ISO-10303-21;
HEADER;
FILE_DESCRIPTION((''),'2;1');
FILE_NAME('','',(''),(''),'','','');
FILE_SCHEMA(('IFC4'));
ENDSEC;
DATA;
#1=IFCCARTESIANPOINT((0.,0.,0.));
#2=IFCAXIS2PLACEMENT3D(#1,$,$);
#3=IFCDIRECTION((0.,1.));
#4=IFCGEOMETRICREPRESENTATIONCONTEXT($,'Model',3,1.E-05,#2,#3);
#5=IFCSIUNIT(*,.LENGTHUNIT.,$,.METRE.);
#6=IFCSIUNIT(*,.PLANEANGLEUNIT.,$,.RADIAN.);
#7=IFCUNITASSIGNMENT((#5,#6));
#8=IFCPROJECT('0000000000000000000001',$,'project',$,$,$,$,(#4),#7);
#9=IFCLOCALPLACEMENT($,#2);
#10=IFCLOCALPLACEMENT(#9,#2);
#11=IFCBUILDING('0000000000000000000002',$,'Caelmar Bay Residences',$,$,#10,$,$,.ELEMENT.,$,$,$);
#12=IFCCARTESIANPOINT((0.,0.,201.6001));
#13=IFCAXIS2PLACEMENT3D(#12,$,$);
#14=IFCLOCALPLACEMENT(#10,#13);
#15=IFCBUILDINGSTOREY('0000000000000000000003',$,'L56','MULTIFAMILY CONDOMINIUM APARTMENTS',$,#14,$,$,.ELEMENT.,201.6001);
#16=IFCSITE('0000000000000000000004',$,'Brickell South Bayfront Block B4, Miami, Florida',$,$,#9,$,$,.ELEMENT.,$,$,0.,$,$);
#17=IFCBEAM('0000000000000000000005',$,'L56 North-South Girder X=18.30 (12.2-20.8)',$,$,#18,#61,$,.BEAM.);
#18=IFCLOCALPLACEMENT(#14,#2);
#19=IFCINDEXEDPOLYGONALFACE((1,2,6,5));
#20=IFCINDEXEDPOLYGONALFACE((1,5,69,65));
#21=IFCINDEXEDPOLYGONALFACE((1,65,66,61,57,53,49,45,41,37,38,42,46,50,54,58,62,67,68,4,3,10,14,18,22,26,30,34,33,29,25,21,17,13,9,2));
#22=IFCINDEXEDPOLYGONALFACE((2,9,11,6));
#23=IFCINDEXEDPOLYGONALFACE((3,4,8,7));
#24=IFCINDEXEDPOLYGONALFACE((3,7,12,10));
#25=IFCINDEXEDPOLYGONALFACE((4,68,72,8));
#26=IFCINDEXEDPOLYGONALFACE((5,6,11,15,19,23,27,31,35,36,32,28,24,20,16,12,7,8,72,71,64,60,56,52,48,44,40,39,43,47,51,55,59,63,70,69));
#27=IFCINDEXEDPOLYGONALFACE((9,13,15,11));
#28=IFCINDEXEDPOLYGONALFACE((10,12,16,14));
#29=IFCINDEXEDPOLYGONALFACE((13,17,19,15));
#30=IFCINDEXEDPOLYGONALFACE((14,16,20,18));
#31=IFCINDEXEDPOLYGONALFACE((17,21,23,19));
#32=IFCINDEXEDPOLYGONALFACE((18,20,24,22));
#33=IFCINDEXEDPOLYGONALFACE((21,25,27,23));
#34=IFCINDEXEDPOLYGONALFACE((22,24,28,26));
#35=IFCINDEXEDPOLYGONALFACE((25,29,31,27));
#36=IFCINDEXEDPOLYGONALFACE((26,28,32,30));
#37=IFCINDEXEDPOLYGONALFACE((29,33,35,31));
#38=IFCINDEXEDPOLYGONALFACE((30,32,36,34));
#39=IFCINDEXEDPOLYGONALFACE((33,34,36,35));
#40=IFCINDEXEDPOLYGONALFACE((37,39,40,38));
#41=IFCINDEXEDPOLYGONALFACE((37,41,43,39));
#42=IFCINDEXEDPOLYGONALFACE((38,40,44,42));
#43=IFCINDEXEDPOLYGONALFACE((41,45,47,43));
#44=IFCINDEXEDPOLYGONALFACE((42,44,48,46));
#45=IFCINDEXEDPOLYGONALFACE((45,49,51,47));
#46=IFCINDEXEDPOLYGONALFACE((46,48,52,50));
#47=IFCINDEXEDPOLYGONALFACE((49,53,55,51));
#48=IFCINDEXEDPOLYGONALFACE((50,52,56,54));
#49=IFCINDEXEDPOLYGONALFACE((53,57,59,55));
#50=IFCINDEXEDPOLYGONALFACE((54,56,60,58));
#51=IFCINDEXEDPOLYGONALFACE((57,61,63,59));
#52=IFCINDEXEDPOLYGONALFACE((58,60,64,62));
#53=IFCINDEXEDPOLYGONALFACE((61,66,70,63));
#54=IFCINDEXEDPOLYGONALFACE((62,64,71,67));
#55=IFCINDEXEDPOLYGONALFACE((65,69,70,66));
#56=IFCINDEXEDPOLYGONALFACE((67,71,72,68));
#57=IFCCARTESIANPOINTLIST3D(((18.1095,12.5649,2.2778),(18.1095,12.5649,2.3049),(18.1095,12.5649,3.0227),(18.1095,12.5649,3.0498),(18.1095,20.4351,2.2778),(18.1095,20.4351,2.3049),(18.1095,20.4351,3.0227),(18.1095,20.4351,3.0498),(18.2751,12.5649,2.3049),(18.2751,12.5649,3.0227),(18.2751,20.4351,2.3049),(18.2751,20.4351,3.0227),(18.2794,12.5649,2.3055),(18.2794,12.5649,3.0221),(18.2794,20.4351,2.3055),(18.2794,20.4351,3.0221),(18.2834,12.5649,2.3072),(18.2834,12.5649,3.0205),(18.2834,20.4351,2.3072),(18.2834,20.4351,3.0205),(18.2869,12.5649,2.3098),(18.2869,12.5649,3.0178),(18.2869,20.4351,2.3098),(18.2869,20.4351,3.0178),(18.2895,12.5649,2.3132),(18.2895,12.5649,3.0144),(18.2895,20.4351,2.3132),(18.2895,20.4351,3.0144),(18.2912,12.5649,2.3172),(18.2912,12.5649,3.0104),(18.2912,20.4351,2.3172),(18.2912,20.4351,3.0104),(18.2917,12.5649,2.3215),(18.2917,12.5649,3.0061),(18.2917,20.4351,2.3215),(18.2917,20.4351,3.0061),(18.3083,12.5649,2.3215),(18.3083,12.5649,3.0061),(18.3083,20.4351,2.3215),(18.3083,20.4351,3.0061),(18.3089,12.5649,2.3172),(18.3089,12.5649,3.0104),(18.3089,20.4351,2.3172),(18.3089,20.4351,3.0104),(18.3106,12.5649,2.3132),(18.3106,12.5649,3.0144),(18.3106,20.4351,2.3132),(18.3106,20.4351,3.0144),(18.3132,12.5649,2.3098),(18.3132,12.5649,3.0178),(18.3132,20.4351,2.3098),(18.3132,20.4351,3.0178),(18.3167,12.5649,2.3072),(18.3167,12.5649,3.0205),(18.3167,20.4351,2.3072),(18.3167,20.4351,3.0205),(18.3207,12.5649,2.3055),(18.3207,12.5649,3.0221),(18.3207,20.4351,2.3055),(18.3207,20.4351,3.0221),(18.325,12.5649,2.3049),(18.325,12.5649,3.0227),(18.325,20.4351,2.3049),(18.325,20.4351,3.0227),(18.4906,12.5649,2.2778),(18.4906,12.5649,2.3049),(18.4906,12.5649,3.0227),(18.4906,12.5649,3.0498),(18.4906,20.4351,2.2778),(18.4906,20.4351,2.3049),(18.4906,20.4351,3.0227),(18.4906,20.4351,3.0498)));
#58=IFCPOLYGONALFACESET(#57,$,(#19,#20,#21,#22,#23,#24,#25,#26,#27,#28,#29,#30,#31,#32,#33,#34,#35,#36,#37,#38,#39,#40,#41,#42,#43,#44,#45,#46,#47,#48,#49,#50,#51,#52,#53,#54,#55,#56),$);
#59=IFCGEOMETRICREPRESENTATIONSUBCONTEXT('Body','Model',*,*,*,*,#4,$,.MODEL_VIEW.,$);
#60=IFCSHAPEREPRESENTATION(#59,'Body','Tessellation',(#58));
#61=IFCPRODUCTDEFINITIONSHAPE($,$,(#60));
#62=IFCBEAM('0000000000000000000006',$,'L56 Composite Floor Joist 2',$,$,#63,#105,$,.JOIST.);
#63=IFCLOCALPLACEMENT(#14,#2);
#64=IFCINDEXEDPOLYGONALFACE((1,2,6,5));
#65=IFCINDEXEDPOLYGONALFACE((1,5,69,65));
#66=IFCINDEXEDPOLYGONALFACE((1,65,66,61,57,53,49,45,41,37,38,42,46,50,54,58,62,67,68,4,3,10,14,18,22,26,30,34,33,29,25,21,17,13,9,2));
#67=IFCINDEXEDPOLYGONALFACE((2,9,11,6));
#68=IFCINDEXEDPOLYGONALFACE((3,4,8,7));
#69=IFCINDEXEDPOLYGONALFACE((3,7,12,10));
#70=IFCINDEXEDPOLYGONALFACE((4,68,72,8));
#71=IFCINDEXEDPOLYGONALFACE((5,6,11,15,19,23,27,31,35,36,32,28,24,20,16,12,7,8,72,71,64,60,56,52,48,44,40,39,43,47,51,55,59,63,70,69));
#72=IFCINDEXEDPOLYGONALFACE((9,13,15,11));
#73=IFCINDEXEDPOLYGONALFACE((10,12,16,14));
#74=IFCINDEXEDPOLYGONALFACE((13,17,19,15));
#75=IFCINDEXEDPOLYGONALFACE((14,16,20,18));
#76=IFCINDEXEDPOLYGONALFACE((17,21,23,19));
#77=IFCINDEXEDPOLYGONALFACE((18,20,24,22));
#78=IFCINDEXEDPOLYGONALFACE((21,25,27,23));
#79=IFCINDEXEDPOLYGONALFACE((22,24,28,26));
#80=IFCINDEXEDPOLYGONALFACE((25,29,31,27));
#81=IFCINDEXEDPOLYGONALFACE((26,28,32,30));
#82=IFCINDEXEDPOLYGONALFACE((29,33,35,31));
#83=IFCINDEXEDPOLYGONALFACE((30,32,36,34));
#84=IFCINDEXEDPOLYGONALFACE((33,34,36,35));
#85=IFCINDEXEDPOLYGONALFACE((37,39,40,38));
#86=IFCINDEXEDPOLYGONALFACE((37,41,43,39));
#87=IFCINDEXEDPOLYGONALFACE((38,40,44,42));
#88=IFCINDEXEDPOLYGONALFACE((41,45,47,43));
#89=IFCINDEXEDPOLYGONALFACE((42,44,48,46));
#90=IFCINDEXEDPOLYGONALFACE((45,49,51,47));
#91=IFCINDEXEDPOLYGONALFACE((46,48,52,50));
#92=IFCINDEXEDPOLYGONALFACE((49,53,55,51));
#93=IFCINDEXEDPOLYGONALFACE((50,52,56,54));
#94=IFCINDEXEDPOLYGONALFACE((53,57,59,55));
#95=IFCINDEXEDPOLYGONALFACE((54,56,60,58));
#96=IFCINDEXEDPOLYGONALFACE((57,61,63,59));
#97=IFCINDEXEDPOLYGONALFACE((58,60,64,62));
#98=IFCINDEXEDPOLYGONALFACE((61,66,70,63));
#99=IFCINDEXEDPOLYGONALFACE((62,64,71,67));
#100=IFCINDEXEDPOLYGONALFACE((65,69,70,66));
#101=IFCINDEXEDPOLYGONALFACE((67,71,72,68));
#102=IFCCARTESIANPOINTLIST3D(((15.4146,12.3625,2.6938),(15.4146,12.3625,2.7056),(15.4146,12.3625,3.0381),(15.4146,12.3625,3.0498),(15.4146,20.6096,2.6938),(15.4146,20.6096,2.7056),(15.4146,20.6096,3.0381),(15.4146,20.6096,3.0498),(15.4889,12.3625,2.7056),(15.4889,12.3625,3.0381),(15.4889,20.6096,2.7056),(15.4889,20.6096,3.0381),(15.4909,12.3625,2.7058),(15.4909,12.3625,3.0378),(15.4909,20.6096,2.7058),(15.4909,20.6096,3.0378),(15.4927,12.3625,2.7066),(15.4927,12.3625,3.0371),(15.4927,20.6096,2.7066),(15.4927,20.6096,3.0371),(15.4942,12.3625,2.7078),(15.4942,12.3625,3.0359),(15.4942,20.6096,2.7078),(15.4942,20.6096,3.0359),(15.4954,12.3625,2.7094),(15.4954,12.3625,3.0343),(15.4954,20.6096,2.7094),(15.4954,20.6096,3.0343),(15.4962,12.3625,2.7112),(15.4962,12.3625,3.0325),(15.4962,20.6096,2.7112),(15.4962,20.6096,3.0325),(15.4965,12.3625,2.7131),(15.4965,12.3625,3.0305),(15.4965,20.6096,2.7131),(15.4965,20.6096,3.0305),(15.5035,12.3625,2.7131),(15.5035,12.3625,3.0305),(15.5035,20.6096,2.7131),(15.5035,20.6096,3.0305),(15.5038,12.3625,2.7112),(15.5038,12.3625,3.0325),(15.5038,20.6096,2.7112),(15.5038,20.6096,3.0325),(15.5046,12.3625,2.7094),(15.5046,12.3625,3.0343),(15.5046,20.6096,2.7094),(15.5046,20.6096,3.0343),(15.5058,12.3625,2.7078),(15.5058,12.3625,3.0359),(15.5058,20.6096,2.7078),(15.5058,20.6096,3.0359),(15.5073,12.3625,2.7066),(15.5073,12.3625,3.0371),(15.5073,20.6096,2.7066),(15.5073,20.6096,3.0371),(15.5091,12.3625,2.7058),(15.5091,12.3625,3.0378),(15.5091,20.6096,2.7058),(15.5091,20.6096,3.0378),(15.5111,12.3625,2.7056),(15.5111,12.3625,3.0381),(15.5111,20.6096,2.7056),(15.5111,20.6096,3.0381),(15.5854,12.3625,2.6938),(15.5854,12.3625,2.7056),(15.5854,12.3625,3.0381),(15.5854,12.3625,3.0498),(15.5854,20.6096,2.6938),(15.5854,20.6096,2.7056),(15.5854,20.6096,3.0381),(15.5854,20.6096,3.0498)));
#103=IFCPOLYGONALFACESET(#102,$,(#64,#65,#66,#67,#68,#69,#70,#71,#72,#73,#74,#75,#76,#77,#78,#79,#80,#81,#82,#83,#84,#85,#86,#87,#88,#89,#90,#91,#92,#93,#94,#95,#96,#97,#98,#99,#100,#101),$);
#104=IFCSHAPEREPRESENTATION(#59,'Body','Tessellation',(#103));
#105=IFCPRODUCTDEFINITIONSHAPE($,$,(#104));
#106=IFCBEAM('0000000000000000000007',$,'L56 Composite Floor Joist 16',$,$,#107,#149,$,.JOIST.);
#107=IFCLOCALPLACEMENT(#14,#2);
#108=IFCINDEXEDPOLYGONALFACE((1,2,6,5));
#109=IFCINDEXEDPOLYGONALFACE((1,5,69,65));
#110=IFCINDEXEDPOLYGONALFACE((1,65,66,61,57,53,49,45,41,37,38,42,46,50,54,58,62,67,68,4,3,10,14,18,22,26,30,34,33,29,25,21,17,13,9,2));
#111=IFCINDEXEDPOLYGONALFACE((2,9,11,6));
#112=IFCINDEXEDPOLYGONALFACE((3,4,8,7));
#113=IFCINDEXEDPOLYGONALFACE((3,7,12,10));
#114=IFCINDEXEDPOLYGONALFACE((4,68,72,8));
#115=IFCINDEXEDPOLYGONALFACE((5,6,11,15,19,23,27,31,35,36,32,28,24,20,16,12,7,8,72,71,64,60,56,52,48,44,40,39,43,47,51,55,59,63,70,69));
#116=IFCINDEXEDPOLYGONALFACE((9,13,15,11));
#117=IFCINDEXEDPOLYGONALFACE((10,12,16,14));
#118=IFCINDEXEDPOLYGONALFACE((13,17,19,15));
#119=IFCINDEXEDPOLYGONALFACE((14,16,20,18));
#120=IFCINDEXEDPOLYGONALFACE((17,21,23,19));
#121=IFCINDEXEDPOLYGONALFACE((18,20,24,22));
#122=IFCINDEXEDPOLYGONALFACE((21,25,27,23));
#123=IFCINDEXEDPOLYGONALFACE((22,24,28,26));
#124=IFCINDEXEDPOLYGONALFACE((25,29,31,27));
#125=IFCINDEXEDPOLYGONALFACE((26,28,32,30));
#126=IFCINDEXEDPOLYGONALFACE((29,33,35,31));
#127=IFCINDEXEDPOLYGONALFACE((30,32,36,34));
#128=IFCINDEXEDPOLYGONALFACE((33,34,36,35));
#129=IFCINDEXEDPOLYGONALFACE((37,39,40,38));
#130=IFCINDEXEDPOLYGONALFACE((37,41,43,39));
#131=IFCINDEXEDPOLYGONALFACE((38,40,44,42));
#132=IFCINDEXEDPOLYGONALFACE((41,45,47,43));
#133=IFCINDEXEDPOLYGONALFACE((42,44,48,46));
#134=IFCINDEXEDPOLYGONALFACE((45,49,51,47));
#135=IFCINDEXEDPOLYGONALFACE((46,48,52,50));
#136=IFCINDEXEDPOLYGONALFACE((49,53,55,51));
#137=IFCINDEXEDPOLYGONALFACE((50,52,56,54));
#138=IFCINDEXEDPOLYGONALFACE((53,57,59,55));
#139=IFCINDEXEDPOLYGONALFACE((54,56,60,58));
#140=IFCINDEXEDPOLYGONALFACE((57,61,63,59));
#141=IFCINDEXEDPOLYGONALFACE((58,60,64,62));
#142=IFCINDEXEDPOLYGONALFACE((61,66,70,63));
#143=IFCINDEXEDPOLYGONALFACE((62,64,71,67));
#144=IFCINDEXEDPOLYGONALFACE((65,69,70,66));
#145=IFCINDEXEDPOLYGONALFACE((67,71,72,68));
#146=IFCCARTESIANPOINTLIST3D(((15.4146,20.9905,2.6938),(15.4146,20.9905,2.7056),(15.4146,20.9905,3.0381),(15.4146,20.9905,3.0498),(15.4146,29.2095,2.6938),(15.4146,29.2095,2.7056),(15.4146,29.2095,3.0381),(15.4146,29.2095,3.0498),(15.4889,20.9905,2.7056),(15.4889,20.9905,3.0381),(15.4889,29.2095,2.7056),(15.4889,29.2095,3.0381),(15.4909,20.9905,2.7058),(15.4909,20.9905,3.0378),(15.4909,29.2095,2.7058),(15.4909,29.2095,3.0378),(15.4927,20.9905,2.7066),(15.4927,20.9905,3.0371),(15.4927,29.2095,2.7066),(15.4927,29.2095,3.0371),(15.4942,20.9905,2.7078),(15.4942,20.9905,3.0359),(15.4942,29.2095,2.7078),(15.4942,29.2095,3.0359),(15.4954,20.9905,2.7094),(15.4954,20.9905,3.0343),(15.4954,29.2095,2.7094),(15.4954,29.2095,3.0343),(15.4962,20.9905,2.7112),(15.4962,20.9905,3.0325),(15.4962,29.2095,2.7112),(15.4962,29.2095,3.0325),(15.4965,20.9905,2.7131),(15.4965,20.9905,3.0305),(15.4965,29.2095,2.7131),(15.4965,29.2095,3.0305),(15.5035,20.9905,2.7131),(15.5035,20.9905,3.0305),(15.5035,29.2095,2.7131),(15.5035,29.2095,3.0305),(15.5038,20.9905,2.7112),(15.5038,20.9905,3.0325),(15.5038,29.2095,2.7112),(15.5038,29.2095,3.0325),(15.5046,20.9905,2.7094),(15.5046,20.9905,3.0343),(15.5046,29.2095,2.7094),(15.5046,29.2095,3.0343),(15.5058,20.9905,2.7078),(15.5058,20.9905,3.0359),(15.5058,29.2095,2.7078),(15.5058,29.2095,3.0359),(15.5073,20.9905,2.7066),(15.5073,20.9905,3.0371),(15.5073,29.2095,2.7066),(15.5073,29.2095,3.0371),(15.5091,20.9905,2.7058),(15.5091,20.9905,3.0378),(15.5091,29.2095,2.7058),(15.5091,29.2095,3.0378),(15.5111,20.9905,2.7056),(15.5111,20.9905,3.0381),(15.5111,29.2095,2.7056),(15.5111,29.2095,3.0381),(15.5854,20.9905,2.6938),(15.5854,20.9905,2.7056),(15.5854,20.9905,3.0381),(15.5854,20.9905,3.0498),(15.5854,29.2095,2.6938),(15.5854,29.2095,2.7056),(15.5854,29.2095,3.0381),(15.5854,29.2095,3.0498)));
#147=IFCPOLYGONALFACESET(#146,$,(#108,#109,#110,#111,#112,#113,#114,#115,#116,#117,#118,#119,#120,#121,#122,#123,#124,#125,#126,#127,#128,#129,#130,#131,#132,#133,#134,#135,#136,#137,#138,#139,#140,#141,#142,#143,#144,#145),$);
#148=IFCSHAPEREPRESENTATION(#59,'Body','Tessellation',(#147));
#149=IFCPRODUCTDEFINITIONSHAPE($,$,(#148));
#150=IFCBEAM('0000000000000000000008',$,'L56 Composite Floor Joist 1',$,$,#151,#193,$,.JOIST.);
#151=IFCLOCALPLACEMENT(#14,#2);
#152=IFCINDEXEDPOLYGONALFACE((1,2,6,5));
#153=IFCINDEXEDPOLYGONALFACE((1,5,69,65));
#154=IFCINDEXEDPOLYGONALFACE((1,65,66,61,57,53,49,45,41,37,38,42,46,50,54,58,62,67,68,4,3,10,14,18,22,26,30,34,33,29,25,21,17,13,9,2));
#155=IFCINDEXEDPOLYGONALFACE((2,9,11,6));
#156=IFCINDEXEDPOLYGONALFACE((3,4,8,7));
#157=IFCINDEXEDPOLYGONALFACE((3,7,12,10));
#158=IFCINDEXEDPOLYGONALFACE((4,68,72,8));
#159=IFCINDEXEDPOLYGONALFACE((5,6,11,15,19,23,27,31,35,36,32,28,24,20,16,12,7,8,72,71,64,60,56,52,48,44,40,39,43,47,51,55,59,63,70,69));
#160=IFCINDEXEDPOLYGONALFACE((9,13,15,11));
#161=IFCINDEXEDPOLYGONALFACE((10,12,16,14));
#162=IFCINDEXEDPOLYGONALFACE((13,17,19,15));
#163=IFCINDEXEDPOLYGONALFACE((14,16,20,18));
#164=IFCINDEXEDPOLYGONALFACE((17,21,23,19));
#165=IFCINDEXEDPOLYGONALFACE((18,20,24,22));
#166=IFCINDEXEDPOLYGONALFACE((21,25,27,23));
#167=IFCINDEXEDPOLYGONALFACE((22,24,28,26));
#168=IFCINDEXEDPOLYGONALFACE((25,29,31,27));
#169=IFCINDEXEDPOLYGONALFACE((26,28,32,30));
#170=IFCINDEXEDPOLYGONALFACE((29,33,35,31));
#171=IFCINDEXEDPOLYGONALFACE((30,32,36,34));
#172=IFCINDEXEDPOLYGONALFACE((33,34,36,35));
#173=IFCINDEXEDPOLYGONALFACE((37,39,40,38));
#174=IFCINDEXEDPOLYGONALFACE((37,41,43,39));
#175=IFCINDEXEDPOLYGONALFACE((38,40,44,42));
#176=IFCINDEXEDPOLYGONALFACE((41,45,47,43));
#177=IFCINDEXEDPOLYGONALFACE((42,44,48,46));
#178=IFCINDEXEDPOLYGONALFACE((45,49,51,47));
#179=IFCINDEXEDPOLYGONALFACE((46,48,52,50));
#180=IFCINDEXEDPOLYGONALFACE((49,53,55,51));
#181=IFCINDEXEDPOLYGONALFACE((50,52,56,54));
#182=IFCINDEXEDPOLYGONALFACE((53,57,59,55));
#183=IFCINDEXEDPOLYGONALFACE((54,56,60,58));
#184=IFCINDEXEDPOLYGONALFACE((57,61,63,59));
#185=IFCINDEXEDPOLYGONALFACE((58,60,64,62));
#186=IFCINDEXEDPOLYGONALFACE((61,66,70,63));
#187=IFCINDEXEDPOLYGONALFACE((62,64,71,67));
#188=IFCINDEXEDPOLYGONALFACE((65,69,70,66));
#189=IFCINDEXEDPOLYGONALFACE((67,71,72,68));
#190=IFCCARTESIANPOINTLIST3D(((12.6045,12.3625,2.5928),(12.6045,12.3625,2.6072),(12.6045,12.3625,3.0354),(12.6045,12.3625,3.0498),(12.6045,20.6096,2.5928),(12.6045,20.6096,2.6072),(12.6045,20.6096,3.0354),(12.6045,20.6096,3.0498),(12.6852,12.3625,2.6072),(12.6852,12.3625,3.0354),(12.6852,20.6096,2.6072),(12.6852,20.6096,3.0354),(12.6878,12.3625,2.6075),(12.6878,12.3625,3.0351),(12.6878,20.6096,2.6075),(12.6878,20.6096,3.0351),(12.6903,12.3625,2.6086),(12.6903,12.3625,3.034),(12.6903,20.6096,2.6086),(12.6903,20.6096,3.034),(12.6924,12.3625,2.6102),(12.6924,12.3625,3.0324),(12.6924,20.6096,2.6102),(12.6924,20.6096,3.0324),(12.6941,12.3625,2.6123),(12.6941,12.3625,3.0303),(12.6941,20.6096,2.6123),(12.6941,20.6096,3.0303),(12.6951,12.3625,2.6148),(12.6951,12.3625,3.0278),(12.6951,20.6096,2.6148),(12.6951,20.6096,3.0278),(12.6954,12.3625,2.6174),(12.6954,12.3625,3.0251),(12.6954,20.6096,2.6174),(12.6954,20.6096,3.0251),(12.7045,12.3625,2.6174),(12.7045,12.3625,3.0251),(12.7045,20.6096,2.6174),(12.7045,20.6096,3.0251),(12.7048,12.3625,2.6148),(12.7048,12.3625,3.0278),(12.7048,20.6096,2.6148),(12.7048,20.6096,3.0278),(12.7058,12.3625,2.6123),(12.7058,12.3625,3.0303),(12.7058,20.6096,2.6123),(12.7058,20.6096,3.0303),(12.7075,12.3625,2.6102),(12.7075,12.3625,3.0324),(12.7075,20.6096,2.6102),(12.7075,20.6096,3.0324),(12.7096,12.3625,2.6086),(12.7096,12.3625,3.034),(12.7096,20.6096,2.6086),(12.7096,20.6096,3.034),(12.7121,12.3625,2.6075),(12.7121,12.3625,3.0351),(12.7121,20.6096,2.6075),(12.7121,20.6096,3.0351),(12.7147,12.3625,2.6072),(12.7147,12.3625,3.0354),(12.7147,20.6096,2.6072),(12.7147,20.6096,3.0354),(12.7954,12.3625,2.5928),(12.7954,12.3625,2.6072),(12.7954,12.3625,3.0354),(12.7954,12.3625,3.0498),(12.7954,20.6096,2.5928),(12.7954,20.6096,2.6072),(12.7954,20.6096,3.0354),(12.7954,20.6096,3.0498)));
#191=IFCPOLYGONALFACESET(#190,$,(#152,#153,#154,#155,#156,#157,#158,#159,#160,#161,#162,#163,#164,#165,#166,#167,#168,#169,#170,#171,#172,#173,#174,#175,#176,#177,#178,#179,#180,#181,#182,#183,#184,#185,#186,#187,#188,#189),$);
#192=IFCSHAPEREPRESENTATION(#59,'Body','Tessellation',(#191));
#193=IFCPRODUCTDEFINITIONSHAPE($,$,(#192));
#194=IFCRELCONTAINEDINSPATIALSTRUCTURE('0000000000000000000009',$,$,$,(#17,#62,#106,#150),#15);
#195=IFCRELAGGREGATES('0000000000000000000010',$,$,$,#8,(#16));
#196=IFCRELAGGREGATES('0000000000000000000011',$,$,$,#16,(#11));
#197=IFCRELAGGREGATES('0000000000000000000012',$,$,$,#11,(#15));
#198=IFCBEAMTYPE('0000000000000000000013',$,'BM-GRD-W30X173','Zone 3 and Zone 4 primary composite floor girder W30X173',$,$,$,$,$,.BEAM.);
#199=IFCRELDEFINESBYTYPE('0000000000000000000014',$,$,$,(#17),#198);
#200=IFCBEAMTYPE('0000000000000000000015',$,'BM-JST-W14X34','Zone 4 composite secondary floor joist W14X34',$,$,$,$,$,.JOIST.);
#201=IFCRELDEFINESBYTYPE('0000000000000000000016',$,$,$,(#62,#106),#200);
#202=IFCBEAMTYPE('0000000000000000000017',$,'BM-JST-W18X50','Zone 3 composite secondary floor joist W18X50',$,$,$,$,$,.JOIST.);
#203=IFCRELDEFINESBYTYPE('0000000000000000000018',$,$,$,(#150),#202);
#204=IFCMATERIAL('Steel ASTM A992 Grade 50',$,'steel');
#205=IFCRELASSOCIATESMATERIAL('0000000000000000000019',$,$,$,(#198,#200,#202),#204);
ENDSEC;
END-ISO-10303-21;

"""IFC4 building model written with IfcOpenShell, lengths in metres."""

from ifc_helpers import new_model, si_unit, direction, frame, origin, origin_2d, place, context, subcontext, project, spatial, i_section, extrude, material, material_profile, profile_set, type_object, element, save


model = new_model("IFC4")

# Units and contexts
model_context = context("Model", 3, precision=1e-05, world=origin(), true_north=direction((0.0, 1.0)))
body_context = subcontext(model_context, "Body", "Model", "MODEL_VIEW")
ifc_project = project(units=[si_unit("LENGTHUNIT", "METRE"), si_unit("PLANEANGLEUNIT", "RADIAN")], contexts=[model_context])

# Site, building, storey
site_placement = place(None, origin())
site = spatial("IfcSite", under=ifc_project, at=site_placement, Name="Brickell South Bayfront Block B4, Miami, Florida", CompositionType="ELEMENT", RefElevation=0.0)
building_placement = place(site_placement, origin())
building = spatial("IfcBuilding", under=site, at=building_placement, Name="Caelmar Bay Residences", CompositionType="ELEMENT")
storey_placement = place(building_placement, frame((0.0, 0.0, 201.6001)))
storey = spatial("IfcBuildingStorey", under=building, at=storey_placement, Name="L56", Description="MULTIFAMILY CONDOMINIUM APARTMENTS", CompositionType="ELEMENT", Elevation=201.6001)

# Beams
ifc_material_1 = material(Name="Steel ASTM A992 Grade 50", Category="steel")
ifc_material_profile_1 = material_profile(ifc_material_1, i_section(OverallWidth=0.3811, OverallDepth=0.772, WebThickness=0.0166, FlangeThickness=0.0271, FilletRadius=0.0166, at=origin_2d()), Name="W30X173")
ifc_profile_set_1 = profile_set([ifc_material_profile_1], Name="Steel ASTM A992 Grade 50")
beam_type_1 = type_object("IfcBeamType", Name="BM-GRD-W30X173", Description="Zone 3 and Zone 4 primary composite floor girder W30X173", PredefinedType="BEAM", material=ifc_profile_set_1)
beam_1_placement = place(storey_placement, frame((18.3, 12.5649, 2.6638), z_axis=(0.0, 1.0, 0.0), x_axis=(-1.0, 0.0, 0.0)))
element("IfcBeam", 1, at=beam_1_placement, inside=storey, type_object=beam_type_1, Name="L56 North-South Girder X=18.30 (12.2-20.8)", PredefinedType="BEAM", context=body_context, shape_type="SweptSolid", body=[
    extrude(i_section(OverallWidth=0.3811, OverallDepth=0.772, WebThickness=0.0166, FlangeThickness=0.0271, FilletRadius=0.0166, at=origin_2d()), origin(), (0.0, 0.0, 1.0), 7.8701),
])
ifc_material_profile_2 = material_profile(ifc_material_1, i_section(OverallWidth=0.1709, OverallDepth=0.356, WebThickness=0.0071, FlangeThickness=0.0117, FilletRadius=0.0076, at=origin_2d()), Name="W14X34")
ifc_profile_set_2 = profile_set([ifc_material_profile_2], Name="Steel ASTM A992 Grade 50")
beam_type_2 = type_object("IfcBeamType", Name="BM-JST-W14X34", Description="Zone 4 composite secondary floor joist W14X34", PredefinedType="JOIST", material=ifc_profile_set_2)
beam_2_placement = place(storey_placement, frame((15.5, 12.3625, 2.8718), z_axis=(0.0, 1.0, 0.0), x_axis=(-1.0, 0.0, 0.0)))
element("IfcBeam", 2, at=beam_2_placement, inside=storey, type_object=beam_type_2, Name="L56 Composite Floor Joist 2", PredefinedType="JOIST", context=body_context, shape_type="SweptSolid", body=[
    extrude(i_section(OverallWidth=0.1709, OverallDepth=0.356, WebThickness=0.0071, FlangeThickness=0.0117, FilletRadius=0.0076, at=origin_2d()), origin(), (0.0, 0.0, 1.0), 8.2471),
])
beam_3_placement = place(storey_placement, frame((15.5, 20.9905, 2.8718), z_axis=(0.0, 1.0, 0.0), x_axis=(-1.0, 0.0, 0.0)))
element("IfcBeam", 3, at=beam_3_placement, inside=storey, type_object=beam_type_2, Name="L56 Composite Floor Joist 16", PredefinedType="JOIST", context=body_context, shape_type="SweptSolid", body=[
    extrude(i_section(OverallWidth=0.1709, OverallDepth=0.356, WebThickness=0.0071, FlangeThickness=0.0117, FilletRadius=0.0076, at=origin_2d()), origin(), (0.0, 0.0, 1.0), 8.219),
])
ifc_material_profile_3 = material_profile(ifc_material_1, i_section(OverallWidth=0.1909, OverallDepth=0.457, WebThickness=0.009, FlangeThickness=0.0144, FilletRadius=0.0103, at=origin_2d()), Name="W18X50")
ifc_profile_set_3 = profile_set([ifc_material_profile_3], Name="Steel ASTM A992 Grade 50")
beam_type_3 = type_object("IfcBeamType", Name="BM-JST-W18X50", Description="Zone 3 composite secondary floor joist W18X50", PredefinedType="JOIST", material=ifc_profile_set_3)
beam_4_placement = place(storey_placement, frame((12.7, 12.3625, 2.8213), z_axis=(0.0, 1.0, 0.0), x_axis=(-1.0, 0.0, 0.0)))
element("IfcBeam", 4, at=beam_4_placement, inside=storey, type_object=beam_type_3, Name="L56 Composite Floor Joist 1", PredefinedType="JOIST", context=body_context, shape_type="SweptSolid", body=[
    extrude(i_section(OverallWidth=0.1909, OverallDepth=0.457, WebThickness=0.009, FlangeThickness=0.0144, FilletRadius=0.0103, at=origin_2d()), origin(), (0.0, 0.0, 1.0), 8.2471),
])

save(model, "model.ifc")
